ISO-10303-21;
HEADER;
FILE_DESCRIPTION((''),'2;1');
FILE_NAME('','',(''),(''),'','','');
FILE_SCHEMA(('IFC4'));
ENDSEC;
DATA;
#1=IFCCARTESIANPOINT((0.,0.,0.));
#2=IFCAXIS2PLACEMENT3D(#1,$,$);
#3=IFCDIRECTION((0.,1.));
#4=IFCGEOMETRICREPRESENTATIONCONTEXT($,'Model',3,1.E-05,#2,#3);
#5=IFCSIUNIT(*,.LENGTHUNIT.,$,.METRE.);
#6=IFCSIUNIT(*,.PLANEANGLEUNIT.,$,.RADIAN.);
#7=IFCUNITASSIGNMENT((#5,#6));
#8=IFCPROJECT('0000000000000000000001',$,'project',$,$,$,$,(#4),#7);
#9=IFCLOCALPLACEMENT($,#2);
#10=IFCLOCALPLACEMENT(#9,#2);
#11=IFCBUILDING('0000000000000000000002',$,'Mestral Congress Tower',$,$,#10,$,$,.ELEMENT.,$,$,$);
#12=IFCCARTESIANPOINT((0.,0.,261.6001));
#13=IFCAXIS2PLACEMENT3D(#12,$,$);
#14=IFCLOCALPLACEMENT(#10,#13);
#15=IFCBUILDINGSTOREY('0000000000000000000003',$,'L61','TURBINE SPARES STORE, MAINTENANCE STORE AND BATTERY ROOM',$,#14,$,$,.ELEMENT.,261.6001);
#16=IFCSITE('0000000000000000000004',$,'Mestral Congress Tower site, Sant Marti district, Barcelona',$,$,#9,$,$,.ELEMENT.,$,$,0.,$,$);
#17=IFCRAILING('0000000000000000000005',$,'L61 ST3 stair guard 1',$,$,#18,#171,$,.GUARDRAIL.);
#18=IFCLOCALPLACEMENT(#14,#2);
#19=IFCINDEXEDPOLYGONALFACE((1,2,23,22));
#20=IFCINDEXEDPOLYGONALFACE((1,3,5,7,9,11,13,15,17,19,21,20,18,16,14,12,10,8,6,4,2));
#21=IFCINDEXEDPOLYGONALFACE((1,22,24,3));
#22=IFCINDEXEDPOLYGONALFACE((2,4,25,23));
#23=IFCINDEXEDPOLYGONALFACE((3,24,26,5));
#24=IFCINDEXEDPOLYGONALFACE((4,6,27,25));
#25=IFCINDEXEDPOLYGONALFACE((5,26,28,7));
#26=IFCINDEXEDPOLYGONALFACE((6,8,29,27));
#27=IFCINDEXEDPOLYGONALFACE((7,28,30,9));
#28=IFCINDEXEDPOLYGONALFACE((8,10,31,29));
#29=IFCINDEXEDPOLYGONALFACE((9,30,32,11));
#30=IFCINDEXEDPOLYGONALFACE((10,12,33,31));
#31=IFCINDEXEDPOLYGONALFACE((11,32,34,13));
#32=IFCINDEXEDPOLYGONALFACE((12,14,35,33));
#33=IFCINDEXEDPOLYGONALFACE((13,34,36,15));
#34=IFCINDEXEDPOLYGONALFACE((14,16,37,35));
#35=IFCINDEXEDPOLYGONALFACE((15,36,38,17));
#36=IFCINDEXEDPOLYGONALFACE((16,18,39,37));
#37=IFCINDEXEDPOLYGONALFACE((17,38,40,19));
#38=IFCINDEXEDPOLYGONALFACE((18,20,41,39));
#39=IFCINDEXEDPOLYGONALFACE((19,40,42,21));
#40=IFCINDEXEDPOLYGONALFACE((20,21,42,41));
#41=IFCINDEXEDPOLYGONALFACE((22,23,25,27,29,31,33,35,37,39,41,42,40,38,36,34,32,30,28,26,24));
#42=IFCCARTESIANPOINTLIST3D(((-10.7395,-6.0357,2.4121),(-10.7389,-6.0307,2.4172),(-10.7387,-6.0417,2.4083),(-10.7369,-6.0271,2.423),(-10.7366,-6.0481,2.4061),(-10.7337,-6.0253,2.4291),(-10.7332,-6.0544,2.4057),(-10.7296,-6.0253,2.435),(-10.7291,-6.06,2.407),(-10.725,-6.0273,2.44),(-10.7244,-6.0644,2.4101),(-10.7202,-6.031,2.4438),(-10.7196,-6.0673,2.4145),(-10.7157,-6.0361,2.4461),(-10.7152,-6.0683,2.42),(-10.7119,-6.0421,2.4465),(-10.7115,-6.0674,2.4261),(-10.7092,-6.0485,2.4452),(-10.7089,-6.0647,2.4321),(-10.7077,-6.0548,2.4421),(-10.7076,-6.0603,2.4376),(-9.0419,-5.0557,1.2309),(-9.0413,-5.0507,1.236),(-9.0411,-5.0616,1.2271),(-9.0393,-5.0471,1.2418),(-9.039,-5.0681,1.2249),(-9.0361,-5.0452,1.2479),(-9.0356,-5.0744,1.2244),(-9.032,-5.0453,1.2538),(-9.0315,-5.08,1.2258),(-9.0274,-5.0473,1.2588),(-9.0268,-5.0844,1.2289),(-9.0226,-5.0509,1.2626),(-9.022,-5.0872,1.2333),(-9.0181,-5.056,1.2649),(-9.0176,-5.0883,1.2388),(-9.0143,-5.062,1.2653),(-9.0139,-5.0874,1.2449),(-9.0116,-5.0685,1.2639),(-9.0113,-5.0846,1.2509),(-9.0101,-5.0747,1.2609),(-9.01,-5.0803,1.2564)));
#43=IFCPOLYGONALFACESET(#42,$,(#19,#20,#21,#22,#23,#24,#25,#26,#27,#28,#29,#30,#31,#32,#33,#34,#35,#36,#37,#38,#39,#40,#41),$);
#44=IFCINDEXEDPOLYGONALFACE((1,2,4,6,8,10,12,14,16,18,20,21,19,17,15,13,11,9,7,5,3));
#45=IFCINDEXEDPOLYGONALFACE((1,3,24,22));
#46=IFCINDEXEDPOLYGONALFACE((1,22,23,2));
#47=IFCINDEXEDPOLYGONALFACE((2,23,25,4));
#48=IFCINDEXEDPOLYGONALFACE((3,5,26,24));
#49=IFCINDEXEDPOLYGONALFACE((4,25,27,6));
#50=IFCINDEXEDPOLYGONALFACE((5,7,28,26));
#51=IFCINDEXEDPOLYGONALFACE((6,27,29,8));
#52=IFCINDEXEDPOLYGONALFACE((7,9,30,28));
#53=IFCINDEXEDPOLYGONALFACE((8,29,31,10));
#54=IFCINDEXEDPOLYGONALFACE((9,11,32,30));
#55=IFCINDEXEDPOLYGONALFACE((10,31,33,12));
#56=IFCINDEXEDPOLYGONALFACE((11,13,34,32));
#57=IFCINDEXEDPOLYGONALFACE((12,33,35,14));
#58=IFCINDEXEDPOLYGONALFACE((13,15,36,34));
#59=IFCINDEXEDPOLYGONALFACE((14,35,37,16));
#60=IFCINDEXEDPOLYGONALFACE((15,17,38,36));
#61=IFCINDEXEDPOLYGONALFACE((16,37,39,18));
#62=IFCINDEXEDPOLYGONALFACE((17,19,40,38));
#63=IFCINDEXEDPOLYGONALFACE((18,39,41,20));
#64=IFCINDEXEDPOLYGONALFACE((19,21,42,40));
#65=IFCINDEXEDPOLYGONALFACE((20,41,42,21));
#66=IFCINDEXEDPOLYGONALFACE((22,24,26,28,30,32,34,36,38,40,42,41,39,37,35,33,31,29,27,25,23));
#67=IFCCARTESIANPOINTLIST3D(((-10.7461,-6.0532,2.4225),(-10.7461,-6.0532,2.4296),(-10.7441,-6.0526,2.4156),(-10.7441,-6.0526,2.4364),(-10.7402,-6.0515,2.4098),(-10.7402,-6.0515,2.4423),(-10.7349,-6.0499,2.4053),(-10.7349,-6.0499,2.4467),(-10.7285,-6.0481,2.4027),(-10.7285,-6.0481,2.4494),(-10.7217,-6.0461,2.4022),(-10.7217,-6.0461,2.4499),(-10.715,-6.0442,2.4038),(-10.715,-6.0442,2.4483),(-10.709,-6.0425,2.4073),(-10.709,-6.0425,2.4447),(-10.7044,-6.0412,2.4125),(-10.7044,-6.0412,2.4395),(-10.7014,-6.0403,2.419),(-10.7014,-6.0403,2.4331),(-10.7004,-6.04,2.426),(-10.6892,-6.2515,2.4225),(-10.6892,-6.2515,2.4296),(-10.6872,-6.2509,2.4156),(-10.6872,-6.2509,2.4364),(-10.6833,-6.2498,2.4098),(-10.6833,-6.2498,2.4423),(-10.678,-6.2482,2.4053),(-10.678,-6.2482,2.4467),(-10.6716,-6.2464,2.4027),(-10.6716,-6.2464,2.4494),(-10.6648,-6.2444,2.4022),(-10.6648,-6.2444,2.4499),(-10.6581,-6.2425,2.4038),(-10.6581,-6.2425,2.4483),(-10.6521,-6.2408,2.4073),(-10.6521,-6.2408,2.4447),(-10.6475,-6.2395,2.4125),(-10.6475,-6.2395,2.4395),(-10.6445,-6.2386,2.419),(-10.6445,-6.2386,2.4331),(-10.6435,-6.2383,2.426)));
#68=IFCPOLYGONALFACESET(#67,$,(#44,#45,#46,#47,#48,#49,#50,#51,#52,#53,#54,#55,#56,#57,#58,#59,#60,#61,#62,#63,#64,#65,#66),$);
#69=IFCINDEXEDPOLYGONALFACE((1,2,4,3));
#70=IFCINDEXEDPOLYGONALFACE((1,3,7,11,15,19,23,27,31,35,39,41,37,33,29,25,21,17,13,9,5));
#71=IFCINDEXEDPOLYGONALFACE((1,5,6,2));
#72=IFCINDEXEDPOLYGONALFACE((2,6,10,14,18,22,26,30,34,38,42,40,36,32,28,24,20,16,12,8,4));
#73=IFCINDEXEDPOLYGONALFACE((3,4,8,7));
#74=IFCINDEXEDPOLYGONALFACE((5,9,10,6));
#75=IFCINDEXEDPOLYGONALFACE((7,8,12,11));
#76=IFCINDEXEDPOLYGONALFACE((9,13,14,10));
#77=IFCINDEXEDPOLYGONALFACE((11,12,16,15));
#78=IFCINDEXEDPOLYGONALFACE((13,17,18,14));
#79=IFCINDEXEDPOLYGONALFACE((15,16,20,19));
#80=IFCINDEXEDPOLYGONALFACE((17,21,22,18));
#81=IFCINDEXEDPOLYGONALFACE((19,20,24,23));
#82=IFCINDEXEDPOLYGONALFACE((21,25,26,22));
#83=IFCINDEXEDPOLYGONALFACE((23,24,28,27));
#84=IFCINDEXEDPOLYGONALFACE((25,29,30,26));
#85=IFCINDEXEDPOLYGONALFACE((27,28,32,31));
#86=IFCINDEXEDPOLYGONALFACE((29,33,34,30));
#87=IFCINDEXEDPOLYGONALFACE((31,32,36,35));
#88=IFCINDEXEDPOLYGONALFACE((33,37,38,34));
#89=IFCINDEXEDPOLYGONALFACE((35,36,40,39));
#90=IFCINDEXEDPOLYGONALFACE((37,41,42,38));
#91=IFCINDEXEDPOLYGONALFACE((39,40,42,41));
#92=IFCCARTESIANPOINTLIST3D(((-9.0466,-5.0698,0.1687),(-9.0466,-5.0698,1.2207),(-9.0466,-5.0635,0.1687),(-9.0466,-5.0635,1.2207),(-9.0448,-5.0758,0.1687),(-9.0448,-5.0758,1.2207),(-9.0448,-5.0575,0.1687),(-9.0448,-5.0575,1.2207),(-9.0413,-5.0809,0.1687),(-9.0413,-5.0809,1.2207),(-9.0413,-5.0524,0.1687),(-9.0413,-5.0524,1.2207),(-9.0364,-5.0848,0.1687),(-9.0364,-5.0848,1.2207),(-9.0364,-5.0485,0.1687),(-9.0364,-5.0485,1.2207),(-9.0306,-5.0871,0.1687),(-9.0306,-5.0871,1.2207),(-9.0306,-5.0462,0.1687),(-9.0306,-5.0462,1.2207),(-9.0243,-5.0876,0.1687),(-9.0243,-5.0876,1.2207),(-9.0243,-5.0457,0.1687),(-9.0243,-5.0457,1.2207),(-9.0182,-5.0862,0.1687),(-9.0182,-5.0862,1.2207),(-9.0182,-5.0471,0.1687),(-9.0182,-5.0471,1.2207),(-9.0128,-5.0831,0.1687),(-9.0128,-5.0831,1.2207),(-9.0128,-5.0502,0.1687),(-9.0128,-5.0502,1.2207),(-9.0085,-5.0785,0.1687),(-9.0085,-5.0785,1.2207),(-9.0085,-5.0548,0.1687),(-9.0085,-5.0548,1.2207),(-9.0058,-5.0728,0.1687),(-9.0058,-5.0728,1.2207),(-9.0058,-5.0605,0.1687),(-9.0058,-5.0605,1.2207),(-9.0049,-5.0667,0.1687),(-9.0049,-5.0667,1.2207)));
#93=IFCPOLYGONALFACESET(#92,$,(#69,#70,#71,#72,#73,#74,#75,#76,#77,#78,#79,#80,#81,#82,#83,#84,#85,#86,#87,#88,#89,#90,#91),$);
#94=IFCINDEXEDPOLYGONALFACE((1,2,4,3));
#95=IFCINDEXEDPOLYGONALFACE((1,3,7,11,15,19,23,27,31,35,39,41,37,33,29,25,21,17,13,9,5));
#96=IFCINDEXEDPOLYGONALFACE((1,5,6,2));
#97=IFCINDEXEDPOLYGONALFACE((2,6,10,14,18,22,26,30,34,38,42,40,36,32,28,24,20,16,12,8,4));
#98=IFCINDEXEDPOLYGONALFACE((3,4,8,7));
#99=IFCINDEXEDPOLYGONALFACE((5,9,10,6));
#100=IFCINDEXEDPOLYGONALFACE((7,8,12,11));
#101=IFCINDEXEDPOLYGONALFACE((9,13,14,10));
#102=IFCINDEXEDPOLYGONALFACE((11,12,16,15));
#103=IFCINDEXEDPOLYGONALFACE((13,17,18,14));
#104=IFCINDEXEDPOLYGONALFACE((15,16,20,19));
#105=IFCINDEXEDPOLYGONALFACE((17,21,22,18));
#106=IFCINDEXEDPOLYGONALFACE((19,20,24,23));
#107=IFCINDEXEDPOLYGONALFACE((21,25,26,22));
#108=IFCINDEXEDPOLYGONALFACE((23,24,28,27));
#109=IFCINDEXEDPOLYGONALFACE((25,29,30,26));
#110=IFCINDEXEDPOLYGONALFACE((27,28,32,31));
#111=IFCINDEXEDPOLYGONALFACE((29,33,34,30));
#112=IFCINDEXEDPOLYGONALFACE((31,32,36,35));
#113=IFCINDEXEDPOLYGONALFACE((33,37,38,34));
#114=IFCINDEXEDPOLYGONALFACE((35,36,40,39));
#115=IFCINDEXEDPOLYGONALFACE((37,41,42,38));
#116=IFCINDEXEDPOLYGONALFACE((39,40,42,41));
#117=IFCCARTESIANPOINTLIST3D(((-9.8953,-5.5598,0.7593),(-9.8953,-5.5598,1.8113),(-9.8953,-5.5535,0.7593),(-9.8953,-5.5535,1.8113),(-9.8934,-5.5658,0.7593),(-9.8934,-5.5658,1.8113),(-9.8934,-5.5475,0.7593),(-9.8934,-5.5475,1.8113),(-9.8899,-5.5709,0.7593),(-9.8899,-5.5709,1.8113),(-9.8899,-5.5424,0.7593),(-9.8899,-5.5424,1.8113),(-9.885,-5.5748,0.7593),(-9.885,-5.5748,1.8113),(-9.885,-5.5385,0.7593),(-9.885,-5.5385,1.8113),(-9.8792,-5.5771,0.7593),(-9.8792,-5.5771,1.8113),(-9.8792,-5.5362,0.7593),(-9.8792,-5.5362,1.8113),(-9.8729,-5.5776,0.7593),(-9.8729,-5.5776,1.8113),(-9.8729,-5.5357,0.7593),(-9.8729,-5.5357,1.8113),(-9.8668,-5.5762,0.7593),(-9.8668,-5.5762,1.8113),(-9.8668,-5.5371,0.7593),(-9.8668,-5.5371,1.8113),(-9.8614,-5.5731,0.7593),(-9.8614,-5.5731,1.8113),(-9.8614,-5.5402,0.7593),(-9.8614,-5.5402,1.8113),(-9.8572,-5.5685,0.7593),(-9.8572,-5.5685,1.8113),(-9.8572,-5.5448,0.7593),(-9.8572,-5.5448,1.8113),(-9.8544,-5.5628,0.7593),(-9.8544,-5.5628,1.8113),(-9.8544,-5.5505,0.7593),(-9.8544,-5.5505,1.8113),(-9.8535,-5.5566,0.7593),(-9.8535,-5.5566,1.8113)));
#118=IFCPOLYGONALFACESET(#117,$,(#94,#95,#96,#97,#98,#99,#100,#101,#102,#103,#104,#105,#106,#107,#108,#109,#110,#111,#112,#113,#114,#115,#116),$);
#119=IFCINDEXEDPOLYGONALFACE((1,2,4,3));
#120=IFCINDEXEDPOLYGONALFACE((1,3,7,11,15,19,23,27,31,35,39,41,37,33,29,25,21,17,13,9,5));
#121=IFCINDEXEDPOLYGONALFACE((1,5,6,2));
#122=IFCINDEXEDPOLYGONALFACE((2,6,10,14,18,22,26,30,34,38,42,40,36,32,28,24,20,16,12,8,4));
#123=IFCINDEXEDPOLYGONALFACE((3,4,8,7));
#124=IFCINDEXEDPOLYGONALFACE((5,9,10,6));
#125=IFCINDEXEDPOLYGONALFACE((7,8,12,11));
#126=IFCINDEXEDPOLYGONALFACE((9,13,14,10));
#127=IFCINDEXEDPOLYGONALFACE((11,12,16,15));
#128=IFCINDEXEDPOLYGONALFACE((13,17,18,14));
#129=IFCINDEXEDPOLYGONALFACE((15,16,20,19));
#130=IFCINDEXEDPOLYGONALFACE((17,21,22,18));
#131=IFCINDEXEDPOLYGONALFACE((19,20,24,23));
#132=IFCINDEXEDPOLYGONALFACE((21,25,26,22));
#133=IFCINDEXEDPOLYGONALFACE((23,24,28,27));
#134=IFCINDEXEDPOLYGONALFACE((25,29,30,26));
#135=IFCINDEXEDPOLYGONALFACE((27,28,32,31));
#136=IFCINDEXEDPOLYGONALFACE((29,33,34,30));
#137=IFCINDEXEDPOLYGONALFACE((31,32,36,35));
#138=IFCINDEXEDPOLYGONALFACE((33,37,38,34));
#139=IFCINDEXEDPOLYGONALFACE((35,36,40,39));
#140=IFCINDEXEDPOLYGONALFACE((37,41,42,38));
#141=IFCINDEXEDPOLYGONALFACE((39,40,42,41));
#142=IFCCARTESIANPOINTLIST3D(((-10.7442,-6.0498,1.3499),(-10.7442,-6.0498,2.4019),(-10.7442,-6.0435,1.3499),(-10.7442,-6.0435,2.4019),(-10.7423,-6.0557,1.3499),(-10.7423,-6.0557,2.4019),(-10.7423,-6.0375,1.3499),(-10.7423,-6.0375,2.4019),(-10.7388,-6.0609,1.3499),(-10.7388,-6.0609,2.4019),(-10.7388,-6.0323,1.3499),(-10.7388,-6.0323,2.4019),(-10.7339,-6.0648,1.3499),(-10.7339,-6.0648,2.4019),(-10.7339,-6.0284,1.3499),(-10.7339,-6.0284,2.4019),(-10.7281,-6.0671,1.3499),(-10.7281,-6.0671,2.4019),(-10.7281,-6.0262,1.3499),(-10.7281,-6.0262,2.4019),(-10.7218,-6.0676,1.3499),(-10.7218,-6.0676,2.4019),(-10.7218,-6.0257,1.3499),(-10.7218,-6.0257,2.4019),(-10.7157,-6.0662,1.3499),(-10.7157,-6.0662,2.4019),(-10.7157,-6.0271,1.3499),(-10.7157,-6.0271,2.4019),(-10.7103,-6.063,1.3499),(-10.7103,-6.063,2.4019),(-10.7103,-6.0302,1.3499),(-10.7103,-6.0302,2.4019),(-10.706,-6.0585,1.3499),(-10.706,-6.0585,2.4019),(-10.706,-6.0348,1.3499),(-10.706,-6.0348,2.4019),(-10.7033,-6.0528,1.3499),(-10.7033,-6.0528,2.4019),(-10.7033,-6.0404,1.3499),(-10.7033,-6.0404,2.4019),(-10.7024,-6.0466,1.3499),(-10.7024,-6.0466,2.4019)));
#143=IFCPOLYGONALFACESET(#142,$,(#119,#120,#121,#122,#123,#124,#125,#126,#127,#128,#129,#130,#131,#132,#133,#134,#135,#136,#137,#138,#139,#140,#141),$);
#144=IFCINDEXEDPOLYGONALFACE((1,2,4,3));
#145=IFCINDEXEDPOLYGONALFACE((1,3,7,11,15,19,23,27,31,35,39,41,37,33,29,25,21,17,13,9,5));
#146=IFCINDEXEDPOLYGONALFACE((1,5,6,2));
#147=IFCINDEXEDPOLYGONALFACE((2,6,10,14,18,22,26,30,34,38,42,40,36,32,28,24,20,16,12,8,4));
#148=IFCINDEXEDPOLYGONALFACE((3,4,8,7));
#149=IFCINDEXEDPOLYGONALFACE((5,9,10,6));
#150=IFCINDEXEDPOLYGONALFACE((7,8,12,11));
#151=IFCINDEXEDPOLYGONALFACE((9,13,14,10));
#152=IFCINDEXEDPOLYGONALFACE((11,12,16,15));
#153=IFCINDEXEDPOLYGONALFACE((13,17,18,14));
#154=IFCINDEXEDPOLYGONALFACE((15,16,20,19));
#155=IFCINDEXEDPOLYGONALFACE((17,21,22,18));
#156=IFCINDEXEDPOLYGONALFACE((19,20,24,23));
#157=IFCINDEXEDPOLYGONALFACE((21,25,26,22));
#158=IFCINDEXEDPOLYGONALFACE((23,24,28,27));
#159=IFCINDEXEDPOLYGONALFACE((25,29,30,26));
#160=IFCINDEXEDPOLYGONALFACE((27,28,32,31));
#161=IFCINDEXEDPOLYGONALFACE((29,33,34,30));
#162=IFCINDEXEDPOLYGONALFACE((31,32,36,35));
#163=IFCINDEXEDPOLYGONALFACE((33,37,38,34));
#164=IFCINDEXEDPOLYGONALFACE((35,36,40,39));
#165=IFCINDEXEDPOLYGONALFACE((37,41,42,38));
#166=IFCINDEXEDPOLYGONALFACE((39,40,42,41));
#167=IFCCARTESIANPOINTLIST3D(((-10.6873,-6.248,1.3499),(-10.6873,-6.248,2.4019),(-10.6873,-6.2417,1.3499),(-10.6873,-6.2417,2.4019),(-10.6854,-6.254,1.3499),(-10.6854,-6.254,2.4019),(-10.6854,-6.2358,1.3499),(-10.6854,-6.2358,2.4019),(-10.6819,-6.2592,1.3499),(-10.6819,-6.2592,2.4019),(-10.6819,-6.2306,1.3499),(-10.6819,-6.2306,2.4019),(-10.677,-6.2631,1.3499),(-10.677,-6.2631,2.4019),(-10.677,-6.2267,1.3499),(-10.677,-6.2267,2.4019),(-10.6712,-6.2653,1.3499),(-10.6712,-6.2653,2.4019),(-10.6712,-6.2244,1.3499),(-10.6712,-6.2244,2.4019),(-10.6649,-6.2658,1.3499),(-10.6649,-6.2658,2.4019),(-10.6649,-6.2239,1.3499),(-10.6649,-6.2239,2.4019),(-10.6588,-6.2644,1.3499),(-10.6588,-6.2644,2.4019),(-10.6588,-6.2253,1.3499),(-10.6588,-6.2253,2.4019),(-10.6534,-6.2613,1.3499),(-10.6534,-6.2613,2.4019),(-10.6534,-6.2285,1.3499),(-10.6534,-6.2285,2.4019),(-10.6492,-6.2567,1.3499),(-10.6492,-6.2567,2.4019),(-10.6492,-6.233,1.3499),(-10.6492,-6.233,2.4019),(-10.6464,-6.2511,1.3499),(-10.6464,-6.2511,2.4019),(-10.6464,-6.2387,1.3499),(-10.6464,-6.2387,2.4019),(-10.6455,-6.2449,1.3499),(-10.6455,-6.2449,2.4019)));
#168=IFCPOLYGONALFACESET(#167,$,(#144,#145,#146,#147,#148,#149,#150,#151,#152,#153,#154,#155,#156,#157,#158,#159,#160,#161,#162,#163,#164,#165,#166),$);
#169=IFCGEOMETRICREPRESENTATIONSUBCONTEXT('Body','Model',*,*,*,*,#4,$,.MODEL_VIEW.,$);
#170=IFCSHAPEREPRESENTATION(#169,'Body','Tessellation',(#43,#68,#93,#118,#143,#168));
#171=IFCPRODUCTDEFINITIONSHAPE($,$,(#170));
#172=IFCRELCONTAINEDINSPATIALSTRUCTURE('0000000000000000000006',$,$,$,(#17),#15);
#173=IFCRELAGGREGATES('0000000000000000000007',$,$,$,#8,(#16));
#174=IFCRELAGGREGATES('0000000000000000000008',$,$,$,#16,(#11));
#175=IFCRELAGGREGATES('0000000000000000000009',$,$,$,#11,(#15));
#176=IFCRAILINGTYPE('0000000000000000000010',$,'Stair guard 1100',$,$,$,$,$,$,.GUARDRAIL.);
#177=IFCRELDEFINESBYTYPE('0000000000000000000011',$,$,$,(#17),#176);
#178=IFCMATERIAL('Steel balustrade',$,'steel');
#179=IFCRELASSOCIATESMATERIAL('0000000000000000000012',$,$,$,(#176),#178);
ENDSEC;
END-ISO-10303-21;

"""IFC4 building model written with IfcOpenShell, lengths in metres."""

from ifc_helpers import new_model, si_unit, direction, frame, origin, origin_2d, place, context, subcontext, project, spatial, circle, extrude, material, type_object, element, save


model = new_model("IFC4")

# Units and contexts
model_context = context("Model", 3, precision=1e-05, world=origin(), true_north=direction((0.0, 1.0)))
body_context = subcontext(model_context, "Body", "Model", "MODEL_VIEW")
ifc_project = project(units=[si_unit("LENGTHUNIT", "METRE"), si_unit("PLANEANGLEUNIT", "RADIAN")], contexts=[model_context])

# Site, building, storey
site_placement = place(None, origin())
site = spatial("IfcSite", under=ifc_project, at=site_placement, Name="Mestral Congress Tower site, Sant Marti district, Barcelona", CompositionType="ELEMENT", RefElevation=0.0)
building_placement = place(site_placement, origin())
building = spatial("IfcBuilding", under=site, at=building_placement, Name="Mestral Congress Tower", CompositionType="ELEMENT")
storey_placement = place(building_placement, frame((0.0, 0.0, 261.6001)))
storey = spatial("IfcBuildingStorey", under=building, at=storey_placement, Name="L61", Description="TURBINE SPARES STORE, MAINTENANCE STORE AND BATTERY ROOM", CompositionType="ELEMENT", Elevation=261.6001)

# Railing
ifc_material_1 = material(Name="Steel balustrade", Category="steel")
railing_type_1 = type_object("IfcRailingType", Name="Stair guard 1100", PredefinedType="GUARDRAIL", material=ifc_material_1)
for number, where, name in (
    (1, (-9.0259, -5.0667, 0.1687), "L61 ST3 stair guard 1"),
):
    element("IfcRailing", number, at=place(storey_placement, frame(where)), inside=storey, type_object=railing_type_1, Name=name, PredefinedType="GUARDRAIL", context=body_context, shape_type="SweptSolid", body=[
        extrude(circle(Radius=0.0239, at=origin_2d()), frame((0.0, 0.0, 1.0762), z_axis=(-0.741771, -0.428228, 0.516135), x_axis=(0.49997, -0.866042, 0.0)), (0.0, 0.0, 1.0), 2.2886),
        extrude(circle(Radius=0.0239, at=origin_2d()), frame((-1.6975, -0.98, 2.2573), z_axis=(0.275815, -0.961211, 0.0), x_axis=(0.961211, 0.275815, 0.0)), (0.0, 0.0, 1.0), 0.2063),
        extrude(circle(Radius=0.021, at=origin_2d()), origin(), (0.0, 0.0, 1.0), 1.052),
        extrude(circle(Radius=0.021, at=origin_2d()), frame((-0.8486, -0.49, 0.5906)), (0.0, 0.0, 1.0), 1.052),
        extrude(circle(Radius=0.021, at=origin_2d()), frame((-1.6975, -0.98, 1.1812)), (0.0, 0.0, 1.0), 1.052),
        extrude(circle(Radius=0.021, at=origin_2d()), frame((-1.6406, -1.1782, 1.1812)), (0.0, 0.0, 1.0), 1.052),
    ])

save(model, "model.ifc")
